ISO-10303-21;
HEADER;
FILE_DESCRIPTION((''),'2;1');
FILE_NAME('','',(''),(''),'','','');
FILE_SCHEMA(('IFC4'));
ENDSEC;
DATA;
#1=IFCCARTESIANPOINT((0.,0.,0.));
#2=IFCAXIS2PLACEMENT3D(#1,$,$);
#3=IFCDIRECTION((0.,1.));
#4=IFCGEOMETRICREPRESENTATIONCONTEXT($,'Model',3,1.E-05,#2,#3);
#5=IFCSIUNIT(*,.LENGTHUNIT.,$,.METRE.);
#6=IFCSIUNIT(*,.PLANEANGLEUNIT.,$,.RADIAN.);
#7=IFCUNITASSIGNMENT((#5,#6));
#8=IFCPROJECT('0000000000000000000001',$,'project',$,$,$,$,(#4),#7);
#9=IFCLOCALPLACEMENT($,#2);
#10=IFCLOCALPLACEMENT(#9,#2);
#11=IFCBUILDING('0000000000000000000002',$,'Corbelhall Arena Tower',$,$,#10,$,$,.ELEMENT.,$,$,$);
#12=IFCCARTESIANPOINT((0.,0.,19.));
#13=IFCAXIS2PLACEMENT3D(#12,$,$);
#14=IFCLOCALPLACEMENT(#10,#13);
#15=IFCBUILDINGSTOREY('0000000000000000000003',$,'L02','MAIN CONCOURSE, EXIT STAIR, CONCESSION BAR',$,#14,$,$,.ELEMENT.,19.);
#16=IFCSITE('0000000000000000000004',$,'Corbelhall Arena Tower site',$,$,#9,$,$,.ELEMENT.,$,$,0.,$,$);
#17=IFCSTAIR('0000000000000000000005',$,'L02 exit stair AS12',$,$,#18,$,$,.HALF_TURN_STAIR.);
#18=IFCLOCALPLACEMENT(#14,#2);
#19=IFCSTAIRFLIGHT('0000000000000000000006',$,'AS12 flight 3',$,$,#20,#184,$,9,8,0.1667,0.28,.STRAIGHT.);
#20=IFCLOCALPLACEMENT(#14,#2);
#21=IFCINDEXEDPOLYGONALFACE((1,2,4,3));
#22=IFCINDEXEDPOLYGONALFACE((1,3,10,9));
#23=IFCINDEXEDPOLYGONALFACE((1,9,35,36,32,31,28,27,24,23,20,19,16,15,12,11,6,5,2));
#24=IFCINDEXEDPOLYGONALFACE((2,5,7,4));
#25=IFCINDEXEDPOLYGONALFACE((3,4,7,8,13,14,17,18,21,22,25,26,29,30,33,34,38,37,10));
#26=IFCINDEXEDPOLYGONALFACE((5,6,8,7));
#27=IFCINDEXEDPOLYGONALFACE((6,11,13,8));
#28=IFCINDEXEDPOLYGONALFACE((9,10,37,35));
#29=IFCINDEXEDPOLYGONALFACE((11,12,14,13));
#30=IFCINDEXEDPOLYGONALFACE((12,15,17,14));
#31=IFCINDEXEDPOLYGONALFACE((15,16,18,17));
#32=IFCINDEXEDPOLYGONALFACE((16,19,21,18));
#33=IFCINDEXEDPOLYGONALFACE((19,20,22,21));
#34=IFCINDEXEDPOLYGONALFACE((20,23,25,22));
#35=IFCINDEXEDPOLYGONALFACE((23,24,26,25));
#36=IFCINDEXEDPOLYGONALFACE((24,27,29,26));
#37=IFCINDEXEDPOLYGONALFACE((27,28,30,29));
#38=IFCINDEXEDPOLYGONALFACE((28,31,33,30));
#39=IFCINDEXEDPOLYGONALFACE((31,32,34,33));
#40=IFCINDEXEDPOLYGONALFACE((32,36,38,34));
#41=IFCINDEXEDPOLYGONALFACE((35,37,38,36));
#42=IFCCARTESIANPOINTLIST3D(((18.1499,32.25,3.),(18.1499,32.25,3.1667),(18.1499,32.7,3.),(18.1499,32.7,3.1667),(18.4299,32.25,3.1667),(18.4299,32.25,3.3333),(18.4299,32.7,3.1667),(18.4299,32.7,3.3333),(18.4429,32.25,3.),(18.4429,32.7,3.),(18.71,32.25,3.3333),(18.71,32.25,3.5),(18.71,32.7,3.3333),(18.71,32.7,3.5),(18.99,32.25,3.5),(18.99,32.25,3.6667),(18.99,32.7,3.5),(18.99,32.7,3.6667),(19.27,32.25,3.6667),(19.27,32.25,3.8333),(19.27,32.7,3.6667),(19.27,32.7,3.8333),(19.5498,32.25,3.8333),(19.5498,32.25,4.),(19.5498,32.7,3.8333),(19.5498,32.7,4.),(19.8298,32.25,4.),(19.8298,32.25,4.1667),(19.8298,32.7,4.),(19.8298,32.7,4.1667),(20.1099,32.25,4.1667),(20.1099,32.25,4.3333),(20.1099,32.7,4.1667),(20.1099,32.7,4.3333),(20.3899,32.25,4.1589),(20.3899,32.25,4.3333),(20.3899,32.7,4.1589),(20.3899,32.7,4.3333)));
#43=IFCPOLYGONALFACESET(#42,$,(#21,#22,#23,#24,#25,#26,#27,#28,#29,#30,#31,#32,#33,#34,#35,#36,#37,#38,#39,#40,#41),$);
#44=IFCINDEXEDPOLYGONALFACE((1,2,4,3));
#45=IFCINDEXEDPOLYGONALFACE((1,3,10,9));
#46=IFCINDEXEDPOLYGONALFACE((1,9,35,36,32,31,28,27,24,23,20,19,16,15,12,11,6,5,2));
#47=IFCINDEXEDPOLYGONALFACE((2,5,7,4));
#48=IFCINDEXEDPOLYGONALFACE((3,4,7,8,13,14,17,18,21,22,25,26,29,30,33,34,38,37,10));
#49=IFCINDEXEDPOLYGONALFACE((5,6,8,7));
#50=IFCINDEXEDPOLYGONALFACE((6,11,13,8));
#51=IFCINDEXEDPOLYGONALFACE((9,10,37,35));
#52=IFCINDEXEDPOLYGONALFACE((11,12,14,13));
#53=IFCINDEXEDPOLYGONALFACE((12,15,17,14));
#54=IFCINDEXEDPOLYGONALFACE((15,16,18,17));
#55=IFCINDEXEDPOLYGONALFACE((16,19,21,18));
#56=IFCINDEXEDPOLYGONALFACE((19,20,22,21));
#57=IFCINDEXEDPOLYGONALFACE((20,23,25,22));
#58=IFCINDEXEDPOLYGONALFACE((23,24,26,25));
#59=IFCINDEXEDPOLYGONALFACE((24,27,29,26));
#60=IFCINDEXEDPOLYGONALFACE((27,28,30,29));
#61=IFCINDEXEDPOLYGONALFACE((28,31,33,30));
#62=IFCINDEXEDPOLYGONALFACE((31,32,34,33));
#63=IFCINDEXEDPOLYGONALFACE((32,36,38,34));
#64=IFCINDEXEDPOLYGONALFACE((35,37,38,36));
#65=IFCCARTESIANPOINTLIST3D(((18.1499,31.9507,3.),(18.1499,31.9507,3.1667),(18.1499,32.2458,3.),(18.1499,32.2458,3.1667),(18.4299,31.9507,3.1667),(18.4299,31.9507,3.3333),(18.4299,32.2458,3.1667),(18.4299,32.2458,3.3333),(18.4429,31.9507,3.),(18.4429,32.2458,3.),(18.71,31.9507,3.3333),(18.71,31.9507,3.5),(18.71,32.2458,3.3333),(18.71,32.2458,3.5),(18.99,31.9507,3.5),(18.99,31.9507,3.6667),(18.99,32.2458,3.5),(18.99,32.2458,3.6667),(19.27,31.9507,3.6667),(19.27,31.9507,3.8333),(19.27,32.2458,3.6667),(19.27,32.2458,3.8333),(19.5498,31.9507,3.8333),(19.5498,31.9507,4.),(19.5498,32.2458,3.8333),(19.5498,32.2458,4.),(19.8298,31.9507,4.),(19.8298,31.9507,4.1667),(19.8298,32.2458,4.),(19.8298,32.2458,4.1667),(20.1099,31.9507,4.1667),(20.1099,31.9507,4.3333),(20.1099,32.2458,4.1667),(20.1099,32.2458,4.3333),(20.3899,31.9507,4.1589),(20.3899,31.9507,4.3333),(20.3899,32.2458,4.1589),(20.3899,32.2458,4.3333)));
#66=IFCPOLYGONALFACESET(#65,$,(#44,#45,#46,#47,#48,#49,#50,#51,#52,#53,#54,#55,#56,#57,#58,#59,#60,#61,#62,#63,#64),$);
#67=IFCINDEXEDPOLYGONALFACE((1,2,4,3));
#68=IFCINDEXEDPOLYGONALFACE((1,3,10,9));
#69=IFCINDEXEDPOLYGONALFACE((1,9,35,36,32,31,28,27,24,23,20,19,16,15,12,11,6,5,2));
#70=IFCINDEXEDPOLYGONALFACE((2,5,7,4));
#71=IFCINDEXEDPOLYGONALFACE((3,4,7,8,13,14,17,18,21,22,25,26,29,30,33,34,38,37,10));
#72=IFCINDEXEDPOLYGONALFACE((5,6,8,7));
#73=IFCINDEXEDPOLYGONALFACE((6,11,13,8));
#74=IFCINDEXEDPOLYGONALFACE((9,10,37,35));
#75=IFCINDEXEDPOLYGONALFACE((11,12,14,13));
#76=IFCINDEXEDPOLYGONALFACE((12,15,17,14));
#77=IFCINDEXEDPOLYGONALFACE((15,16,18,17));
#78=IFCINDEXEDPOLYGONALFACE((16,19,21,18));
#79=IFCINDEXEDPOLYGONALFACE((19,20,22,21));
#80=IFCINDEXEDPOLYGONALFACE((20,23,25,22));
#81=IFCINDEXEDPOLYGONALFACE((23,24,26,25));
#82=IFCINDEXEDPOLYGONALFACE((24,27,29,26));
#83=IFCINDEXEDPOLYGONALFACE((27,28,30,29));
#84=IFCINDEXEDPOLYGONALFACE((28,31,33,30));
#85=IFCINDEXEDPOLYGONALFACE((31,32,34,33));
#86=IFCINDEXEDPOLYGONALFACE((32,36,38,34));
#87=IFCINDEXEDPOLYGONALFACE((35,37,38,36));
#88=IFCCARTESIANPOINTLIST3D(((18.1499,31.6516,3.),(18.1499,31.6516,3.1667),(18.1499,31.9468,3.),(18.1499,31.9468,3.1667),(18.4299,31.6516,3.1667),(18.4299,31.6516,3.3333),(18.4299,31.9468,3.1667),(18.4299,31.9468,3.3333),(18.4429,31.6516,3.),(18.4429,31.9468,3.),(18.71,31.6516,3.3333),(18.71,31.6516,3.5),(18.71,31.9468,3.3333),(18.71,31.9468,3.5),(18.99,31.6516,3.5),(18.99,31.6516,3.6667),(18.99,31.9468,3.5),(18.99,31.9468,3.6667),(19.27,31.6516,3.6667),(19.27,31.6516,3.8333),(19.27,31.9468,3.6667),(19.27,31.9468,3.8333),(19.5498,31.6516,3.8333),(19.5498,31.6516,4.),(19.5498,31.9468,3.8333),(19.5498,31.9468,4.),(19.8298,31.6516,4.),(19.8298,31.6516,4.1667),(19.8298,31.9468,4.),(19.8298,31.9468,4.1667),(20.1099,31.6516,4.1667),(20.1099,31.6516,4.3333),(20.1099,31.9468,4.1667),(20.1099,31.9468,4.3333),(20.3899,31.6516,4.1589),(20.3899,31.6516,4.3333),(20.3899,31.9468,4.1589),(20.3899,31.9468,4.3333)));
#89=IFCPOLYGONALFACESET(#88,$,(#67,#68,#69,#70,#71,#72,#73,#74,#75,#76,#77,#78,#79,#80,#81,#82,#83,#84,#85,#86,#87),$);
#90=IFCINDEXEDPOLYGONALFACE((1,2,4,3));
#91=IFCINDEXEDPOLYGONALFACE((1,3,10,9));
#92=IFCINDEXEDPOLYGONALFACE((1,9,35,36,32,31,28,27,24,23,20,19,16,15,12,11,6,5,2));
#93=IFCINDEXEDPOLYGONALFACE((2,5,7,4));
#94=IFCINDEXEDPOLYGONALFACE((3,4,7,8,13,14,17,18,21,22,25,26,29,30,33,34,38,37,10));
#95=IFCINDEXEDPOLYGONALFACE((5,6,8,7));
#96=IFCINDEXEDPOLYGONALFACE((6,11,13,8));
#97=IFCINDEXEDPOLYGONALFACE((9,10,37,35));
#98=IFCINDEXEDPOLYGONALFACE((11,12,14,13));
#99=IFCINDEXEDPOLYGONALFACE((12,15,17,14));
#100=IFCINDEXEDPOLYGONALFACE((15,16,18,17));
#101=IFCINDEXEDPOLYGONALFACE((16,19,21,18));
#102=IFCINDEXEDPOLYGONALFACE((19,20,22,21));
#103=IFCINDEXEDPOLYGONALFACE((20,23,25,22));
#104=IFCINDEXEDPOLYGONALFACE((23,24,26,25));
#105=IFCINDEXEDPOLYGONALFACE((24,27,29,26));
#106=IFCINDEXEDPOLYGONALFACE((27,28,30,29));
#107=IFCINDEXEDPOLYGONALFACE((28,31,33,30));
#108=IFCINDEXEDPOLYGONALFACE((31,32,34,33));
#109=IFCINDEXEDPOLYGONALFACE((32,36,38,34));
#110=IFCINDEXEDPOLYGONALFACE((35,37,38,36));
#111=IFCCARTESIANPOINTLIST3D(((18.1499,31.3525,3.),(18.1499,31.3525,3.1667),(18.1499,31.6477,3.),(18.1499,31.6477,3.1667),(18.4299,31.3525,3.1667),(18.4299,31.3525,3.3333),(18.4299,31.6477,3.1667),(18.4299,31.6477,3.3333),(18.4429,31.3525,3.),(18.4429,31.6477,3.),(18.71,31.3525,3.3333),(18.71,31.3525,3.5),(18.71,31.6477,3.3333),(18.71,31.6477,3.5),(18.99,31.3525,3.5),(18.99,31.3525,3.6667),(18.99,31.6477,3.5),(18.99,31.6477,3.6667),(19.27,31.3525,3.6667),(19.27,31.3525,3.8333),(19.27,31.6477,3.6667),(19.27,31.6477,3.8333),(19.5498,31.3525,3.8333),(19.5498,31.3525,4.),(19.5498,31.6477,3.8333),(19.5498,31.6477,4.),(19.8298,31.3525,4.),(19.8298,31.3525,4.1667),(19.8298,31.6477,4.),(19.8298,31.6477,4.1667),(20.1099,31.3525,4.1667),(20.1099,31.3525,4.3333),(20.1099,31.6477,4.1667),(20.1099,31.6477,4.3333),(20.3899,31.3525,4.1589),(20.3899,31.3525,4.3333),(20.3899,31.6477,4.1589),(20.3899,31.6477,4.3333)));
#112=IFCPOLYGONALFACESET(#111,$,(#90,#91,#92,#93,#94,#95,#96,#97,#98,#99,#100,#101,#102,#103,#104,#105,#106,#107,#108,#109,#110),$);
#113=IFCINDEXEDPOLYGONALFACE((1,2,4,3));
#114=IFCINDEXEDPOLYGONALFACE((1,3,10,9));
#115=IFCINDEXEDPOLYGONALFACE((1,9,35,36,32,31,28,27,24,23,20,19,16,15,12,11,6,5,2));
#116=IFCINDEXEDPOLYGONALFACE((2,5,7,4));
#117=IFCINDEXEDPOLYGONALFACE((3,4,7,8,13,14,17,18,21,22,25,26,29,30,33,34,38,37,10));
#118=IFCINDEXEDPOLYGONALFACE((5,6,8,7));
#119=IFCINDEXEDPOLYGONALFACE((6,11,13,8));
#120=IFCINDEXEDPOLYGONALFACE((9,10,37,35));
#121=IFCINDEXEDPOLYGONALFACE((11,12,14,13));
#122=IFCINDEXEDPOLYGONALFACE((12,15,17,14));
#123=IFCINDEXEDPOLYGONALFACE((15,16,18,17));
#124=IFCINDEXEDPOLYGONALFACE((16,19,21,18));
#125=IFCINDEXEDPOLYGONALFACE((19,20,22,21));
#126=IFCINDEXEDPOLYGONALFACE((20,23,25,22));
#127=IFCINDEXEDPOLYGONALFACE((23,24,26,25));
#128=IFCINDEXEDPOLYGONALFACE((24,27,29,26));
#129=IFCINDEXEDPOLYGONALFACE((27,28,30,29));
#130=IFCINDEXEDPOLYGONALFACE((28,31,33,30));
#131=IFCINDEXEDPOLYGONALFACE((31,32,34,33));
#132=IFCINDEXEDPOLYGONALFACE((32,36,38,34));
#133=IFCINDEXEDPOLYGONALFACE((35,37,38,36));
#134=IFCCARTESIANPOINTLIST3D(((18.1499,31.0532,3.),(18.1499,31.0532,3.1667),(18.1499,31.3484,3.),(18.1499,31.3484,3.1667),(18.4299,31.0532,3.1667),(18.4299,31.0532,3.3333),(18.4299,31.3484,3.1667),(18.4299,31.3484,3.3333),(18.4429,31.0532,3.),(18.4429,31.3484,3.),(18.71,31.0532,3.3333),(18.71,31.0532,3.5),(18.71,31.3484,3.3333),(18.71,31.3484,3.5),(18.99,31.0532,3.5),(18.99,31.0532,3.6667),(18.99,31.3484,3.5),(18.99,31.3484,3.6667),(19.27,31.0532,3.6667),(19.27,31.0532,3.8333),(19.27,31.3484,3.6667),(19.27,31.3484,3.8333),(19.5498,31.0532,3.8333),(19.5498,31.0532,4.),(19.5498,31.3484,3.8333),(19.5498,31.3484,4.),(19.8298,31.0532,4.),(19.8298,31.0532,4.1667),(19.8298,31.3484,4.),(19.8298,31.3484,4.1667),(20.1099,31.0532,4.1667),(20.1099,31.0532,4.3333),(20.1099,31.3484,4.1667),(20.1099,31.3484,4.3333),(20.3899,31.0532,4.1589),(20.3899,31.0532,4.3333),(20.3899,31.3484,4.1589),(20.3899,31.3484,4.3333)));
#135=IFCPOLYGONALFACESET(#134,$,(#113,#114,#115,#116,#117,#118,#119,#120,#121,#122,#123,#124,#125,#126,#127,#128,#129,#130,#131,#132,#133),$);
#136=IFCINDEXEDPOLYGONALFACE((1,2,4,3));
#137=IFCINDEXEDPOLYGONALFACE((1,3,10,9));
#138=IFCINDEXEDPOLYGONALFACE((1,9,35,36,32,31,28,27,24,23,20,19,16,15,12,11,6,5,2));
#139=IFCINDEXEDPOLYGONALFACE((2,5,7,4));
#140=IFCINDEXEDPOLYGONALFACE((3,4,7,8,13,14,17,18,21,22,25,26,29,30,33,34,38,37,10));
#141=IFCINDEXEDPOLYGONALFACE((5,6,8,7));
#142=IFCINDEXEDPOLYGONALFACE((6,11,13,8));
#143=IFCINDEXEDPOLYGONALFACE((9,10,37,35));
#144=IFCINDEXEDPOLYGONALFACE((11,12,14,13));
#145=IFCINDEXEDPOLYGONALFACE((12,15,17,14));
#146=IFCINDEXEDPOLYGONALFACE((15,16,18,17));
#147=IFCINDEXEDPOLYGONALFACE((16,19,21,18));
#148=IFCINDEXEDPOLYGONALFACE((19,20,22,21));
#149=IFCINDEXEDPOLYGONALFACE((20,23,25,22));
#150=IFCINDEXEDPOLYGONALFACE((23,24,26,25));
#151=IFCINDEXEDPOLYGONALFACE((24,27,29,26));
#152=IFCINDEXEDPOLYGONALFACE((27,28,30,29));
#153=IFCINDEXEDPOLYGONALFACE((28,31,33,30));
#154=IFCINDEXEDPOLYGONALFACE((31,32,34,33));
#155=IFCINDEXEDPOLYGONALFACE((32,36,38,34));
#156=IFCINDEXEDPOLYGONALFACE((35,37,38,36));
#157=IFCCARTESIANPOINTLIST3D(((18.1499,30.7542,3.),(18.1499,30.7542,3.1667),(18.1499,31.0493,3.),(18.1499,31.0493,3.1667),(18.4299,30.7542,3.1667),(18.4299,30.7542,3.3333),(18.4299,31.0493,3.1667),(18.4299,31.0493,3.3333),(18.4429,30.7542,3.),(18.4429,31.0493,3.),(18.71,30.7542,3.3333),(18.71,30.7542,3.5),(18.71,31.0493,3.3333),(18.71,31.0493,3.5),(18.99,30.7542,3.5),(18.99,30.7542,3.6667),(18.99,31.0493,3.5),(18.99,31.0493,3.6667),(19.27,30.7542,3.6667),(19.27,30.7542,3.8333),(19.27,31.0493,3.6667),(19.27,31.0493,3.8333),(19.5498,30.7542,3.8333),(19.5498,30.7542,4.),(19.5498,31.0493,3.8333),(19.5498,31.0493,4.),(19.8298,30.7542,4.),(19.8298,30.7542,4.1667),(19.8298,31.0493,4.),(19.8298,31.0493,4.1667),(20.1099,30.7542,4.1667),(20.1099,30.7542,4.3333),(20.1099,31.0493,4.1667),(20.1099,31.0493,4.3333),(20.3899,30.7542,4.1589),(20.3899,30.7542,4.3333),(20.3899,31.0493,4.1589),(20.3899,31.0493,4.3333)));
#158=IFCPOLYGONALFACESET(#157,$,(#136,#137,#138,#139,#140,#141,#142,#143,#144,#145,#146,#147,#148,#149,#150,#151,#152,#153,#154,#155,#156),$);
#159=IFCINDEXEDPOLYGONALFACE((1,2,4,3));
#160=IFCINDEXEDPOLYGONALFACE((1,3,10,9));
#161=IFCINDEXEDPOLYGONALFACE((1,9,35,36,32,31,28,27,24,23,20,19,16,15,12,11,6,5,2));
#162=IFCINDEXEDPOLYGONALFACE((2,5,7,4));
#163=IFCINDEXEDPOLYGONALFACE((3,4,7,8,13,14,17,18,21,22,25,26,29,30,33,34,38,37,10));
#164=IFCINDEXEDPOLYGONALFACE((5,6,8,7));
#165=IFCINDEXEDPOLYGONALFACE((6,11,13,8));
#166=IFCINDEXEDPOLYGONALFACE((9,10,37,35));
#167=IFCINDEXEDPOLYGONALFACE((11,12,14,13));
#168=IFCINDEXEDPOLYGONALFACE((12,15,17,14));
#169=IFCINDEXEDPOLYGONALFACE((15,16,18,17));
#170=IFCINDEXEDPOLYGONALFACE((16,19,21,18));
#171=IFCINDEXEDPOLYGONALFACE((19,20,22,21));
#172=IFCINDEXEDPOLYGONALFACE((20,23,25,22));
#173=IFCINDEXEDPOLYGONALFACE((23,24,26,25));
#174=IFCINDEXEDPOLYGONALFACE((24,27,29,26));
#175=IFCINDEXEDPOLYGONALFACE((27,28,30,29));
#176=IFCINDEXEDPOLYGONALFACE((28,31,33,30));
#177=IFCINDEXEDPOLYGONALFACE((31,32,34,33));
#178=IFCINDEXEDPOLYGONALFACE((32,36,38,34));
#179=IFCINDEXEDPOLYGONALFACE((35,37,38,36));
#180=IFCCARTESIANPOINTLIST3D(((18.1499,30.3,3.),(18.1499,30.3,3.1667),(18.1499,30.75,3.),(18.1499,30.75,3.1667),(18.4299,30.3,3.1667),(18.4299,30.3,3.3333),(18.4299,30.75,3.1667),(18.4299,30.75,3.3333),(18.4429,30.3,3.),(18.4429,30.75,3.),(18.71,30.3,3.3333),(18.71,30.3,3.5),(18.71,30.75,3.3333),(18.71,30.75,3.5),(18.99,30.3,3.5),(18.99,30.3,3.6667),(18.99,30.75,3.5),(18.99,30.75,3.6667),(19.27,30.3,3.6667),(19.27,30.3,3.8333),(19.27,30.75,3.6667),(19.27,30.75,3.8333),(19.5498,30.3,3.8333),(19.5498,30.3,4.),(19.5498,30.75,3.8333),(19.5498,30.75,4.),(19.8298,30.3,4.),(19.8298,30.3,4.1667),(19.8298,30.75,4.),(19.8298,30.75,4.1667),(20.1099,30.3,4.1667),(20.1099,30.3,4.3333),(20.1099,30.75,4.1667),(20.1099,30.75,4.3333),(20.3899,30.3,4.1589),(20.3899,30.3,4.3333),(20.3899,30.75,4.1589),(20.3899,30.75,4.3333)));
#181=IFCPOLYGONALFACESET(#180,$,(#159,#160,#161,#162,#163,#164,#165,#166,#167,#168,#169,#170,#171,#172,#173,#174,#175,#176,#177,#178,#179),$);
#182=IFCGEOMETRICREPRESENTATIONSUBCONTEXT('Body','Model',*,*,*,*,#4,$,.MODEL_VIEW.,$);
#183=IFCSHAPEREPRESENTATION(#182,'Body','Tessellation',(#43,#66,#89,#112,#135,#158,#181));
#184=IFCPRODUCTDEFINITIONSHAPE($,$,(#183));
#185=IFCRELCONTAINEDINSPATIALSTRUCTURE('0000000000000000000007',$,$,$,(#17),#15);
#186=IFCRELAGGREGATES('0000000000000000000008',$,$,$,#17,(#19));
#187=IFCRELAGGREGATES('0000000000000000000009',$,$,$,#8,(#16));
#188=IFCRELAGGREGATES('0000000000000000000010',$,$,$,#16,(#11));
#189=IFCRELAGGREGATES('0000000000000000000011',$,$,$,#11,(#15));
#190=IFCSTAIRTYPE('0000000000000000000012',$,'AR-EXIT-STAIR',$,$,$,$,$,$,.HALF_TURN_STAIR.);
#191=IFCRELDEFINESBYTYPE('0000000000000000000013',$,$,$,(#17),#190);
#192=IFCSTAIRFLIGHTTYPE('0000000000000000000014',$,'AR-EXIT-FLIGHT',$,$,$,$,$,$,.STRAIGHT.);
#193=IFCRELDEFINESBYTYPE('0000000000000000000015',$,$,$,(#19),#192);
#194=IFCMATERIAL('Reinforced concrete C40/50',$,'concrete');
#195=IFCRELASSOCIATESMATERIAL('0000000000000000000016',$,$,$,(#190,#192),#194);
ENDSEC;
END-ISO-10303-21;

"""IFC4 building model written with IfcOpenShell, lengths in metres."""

from ifc_helpers import new_model, si_unit, direction, frame, origin, place, context, subcontext, project, spatial, polyline, outline, extrude, material, type_object, element, aggregate, save


model = new_model("IFC4")

# Units and contexts
model_context = context("Model", 3, precision=1e-05, world=origin(), true_north=direction((0.0, 1.0)))
body_context = subcontext(model_context, "Body", "Model", "MODEL_VIEW")
ifc_project = project(units=[si_unit("LENGTHUNIT", "METRE"), si_unit("PLANEANGLEUNIT", "RADIAN")], contexts=[model_context])

# Site, building, storey
site_placement = place(None, origin())
site = spatial("IfcSite", under=ifc_project, at=site_placement, Name="Corbelhall Arena Tower site", CompositionType="ELEMENT", RefElevation=0.0)
building_placement = place(site_placement, origin())
building = spatial("IfcBuilding", under=site, at=building_placement, Name="Corbelhall Arena Tower", CompositionType="ELEMENT")
storey_placement = place(building_placement, frame((0.0, 0.0, 19.0)))
storey = spatial("IfcBuildingStorey", under=building, at=storey_placement, Name="L02", Description="MAIN CONCOURSE, EXIT STAIR, CONCESSION BAR", CompositionType="ELEMENT", Elevation=19.0)

# Shared definitions
ifc_material_1 = material(Name="Reinforced concrete C40/50", Category="concrete")

# Stair, stair flight
stair_type = type_object("IfcStairType", Name="AR-EXIT-STAIR", PredefinedType="HALF_TURN_STAIR", material=ifc_material_1)
stair_flight_type = type_object("IfcStairFlightType", Name="AR-EXIT-FLIGHT", PredefinedType="STRAIGHT", material=ifc_material_1)
stair_1_placement = place(storey_placement, origin())
stair_1 = element("IfcStair", 1, at=stair_1_placement, inside=storey, type_object=stair_type, Name="L02 exit stair AS12", PredefinedType="HALF_TURN_STAIR")
stair_flight_1_placement = place(storey_placement, frame((18.1499, 31.5, 3.0), z_axis=(0.0, 0.0, 1.0), x_axis=(1.0, 0.0, 0.0)))
stair_flight_1 = element("IfcStairFlight", 2, at=stair_flight_1_placement, type_object=stair_flight_type, Name="AS12 flight 3", NumberOfRisers=9, NumberOfTreads=8, PredefinedType="STRAIGHT", RiserHeight=0.1667, TreadLength=0.28, context=body_context, shape_type="SweptSolid", body=[
    extrude(outline(polyline([(0.0, 0.0), (0.0, 0.1667), (0.28, 0.1667), (0.28, 0.3333), (0.5601, 0.3333), (0.5601, 0.5), (0.8401, 0.5), (0.8401, 0.6667), (1.1201, 0.6667), (1.1201, 0.8333), (1.3999, 0.8333), (1.3999, 1.0), (1.6799, 1.0), (1.6799, 1.1667), (1.96, 1.1667), (1.96, 1.3333), (2.24, 1.3333), (2.24, 1.5), (2.24, 1.1589), (0.293, 0.0), (0.0, 0.0)])), frame((0.0, 1.2, 0.0), z_axis=(0.0, -1.0, 0.0), x_axis=(1.0, 0.0, 0.0)), (0.0, 0.0, 1.0), 0.45),
    extrude(outline(polyline([(0.0, 0.0), (0.0, 0.1667), (0.28, 0.1667), (0.28, 0.3333), (0.5601, 0.3333), (0.5601, 0.5), (0.8401, 0.5), (0.8401, 0.6667), (1.1201, 0.6667), (1.1201, 0.8333), (1.3999, 0.8333), (1.3999, 1.0), (1.6799, 1.0), (1.6799, 1.1667), (1.96, 1.1667), (1.96, 1.3333), (2.24, 1.3333), (2.24, 1.5), (2.24, 1.1589), (0.293, 0.0), (0.0, 0.0)])), frame((0.0, 0.7458, 0.0), z_axis=(0.0, -1.0, 0.0), x_axis=(1.0, 0.0, 0.0)), (0.0, 0.0, 1.0), 0.2952),
    extrude(outline(polyline([(0.0, 0.0), (0.0, 0.1667), (0.28, 0.1667), (0.28, 0.3333), (0.5601, 0.3333), (0.5601, 0.5), (0.8401, 0.5), (0.8401, 0.6667), (1.1201, 0.6667), (1.1201, 0.8333), (1.3999, 0.8333), (1.3999, 1.0), (1.6799, 1.0), (1.6799, 1.1667), (1.96, 1.1667), (1.96, 1.3333), (2.24, 1.3333), (2.24, 1.5), (2.24, 1.1589), (0.293, 0.0), (0.0, 0.0)])), frame((0.0, 0.4468, 0.0), z_axis=(0.0, -1.0, 0.0), x_axis=(1.0, 0.0, 0.0)), (0.0, 0.0, 1.0), 0.2952),
    extrude(outline(polyline([(0.0, 0.0), (0.0, 0.1667), (0.28, 0.1667), (0.28, 0.3333), (0.5601, 0.3333), (0.5601, 0.5), (0.8401, 0.5), (0.8401, 0.6667), (1.1201, 0.6667), (1.1201, 0.8333), (1.3999, 0.8333), (1.3999, 1.0), (1.6799, 1.0), (1.6799, 1.1667), (1.96, 1.1667), (1.96, 1.3333), (2.24, 1.3333), (2.24, 1.5), (2.24, 1.1589), (0.293, 0.0), (0.0, 0.0)])), frame((0.0, 0.1477, 0.0), z_axis=(0.0, -1.0, 0.0), x_axis=(1.0, 0.0, 0.0)), (0.0, 0.0, 1.0), 0.2952),
    extrude(outline(polyline([(0.0, 0.0), (0.0, 0.1667), (0.28, 0.1667), (0.28, 0.3333), (0.5601, 0.3333), (0.5601, 0.5), (0.8401, 0.5), (0.8401, 0.6667), (1.1201, 0.6667), (1.1201, 0.8333), (1.3999, 0.8333), (1.3999, 1.0), (1.6799, 1.0), (1.6799, 1.1667), (1.96, 1.1667), (1.96, 1.3333), (2.24, 1.3333), (2.24, 1.5), (2.24, 1.1589), (0.293, 0.0), (0.0, 0.0)])), frame((0.0, -0.1516, 0.0), z_axis=(0.0, -1.0, 0.0), x_axis=(1.0, 0.0, 0.0)), (0.0, 0.0, 1.0), 0.2952),
    extrude(outline(polyline([(0.0, 0.0), (0.0, 0.1667), (0.28, 0.1667), (0.28, 0.3333), (0.5601, 0.3333), (0.5601, 0.5), (0.8401, 0.5), (0.8401, 0.6667), (1.1201, 0.6667), (1.1201, 0.8333), (1.3999, 0.8333), (1.3999, 1.0), (1.6799, 1.0), (1.6799, 1.1667), (1.96, 1.1667), (1.96, 1.3333), (2.24, 1.3333), (2.24, 1.5), (2.24, 1.1589), (0.293, 0.0), (0.0, 0.0)])), frame((0.0, -0.4507, 0.0), z_axis=(0.0, -1.0, 0.0), x_axis=(1.0, 0.0, 0.0)), (0.0, 0.0, 1.0), 0.2952),
    extrude(outline(polyline([(0.0, 0.0), (0.0, 0.1667), (0.28, 0.1667), (0.28, 0.3333), (0.5601, 0.3333), (0.5601, 0.5), (0.8401, 0.5), (0.8401, 0.6667), (1.1201, 0.6667), (1.1201, 0.8333), (1.3999, 0.8333), (1.3999, 1.0), (1.6799, 1.0), (1.6799, 1.1667), (1.96, 1.1667), (1.96, 1.3333), (2.24, 1.3333), (2.24, 1.5), (2.24, 1.1589), (0.293, 0.0), (0.0, 0.0)])), frame((0.0, -0.75, 0.0), z_axis=(0.0, -1.0, 0.0), x_axis=(1.0, 0.0, 0.0)), (0.0, 0.0, 1.0), 0.45),
])
aggregate(stair_1, [stair_flight_1])

save(model, "model.ifc")
